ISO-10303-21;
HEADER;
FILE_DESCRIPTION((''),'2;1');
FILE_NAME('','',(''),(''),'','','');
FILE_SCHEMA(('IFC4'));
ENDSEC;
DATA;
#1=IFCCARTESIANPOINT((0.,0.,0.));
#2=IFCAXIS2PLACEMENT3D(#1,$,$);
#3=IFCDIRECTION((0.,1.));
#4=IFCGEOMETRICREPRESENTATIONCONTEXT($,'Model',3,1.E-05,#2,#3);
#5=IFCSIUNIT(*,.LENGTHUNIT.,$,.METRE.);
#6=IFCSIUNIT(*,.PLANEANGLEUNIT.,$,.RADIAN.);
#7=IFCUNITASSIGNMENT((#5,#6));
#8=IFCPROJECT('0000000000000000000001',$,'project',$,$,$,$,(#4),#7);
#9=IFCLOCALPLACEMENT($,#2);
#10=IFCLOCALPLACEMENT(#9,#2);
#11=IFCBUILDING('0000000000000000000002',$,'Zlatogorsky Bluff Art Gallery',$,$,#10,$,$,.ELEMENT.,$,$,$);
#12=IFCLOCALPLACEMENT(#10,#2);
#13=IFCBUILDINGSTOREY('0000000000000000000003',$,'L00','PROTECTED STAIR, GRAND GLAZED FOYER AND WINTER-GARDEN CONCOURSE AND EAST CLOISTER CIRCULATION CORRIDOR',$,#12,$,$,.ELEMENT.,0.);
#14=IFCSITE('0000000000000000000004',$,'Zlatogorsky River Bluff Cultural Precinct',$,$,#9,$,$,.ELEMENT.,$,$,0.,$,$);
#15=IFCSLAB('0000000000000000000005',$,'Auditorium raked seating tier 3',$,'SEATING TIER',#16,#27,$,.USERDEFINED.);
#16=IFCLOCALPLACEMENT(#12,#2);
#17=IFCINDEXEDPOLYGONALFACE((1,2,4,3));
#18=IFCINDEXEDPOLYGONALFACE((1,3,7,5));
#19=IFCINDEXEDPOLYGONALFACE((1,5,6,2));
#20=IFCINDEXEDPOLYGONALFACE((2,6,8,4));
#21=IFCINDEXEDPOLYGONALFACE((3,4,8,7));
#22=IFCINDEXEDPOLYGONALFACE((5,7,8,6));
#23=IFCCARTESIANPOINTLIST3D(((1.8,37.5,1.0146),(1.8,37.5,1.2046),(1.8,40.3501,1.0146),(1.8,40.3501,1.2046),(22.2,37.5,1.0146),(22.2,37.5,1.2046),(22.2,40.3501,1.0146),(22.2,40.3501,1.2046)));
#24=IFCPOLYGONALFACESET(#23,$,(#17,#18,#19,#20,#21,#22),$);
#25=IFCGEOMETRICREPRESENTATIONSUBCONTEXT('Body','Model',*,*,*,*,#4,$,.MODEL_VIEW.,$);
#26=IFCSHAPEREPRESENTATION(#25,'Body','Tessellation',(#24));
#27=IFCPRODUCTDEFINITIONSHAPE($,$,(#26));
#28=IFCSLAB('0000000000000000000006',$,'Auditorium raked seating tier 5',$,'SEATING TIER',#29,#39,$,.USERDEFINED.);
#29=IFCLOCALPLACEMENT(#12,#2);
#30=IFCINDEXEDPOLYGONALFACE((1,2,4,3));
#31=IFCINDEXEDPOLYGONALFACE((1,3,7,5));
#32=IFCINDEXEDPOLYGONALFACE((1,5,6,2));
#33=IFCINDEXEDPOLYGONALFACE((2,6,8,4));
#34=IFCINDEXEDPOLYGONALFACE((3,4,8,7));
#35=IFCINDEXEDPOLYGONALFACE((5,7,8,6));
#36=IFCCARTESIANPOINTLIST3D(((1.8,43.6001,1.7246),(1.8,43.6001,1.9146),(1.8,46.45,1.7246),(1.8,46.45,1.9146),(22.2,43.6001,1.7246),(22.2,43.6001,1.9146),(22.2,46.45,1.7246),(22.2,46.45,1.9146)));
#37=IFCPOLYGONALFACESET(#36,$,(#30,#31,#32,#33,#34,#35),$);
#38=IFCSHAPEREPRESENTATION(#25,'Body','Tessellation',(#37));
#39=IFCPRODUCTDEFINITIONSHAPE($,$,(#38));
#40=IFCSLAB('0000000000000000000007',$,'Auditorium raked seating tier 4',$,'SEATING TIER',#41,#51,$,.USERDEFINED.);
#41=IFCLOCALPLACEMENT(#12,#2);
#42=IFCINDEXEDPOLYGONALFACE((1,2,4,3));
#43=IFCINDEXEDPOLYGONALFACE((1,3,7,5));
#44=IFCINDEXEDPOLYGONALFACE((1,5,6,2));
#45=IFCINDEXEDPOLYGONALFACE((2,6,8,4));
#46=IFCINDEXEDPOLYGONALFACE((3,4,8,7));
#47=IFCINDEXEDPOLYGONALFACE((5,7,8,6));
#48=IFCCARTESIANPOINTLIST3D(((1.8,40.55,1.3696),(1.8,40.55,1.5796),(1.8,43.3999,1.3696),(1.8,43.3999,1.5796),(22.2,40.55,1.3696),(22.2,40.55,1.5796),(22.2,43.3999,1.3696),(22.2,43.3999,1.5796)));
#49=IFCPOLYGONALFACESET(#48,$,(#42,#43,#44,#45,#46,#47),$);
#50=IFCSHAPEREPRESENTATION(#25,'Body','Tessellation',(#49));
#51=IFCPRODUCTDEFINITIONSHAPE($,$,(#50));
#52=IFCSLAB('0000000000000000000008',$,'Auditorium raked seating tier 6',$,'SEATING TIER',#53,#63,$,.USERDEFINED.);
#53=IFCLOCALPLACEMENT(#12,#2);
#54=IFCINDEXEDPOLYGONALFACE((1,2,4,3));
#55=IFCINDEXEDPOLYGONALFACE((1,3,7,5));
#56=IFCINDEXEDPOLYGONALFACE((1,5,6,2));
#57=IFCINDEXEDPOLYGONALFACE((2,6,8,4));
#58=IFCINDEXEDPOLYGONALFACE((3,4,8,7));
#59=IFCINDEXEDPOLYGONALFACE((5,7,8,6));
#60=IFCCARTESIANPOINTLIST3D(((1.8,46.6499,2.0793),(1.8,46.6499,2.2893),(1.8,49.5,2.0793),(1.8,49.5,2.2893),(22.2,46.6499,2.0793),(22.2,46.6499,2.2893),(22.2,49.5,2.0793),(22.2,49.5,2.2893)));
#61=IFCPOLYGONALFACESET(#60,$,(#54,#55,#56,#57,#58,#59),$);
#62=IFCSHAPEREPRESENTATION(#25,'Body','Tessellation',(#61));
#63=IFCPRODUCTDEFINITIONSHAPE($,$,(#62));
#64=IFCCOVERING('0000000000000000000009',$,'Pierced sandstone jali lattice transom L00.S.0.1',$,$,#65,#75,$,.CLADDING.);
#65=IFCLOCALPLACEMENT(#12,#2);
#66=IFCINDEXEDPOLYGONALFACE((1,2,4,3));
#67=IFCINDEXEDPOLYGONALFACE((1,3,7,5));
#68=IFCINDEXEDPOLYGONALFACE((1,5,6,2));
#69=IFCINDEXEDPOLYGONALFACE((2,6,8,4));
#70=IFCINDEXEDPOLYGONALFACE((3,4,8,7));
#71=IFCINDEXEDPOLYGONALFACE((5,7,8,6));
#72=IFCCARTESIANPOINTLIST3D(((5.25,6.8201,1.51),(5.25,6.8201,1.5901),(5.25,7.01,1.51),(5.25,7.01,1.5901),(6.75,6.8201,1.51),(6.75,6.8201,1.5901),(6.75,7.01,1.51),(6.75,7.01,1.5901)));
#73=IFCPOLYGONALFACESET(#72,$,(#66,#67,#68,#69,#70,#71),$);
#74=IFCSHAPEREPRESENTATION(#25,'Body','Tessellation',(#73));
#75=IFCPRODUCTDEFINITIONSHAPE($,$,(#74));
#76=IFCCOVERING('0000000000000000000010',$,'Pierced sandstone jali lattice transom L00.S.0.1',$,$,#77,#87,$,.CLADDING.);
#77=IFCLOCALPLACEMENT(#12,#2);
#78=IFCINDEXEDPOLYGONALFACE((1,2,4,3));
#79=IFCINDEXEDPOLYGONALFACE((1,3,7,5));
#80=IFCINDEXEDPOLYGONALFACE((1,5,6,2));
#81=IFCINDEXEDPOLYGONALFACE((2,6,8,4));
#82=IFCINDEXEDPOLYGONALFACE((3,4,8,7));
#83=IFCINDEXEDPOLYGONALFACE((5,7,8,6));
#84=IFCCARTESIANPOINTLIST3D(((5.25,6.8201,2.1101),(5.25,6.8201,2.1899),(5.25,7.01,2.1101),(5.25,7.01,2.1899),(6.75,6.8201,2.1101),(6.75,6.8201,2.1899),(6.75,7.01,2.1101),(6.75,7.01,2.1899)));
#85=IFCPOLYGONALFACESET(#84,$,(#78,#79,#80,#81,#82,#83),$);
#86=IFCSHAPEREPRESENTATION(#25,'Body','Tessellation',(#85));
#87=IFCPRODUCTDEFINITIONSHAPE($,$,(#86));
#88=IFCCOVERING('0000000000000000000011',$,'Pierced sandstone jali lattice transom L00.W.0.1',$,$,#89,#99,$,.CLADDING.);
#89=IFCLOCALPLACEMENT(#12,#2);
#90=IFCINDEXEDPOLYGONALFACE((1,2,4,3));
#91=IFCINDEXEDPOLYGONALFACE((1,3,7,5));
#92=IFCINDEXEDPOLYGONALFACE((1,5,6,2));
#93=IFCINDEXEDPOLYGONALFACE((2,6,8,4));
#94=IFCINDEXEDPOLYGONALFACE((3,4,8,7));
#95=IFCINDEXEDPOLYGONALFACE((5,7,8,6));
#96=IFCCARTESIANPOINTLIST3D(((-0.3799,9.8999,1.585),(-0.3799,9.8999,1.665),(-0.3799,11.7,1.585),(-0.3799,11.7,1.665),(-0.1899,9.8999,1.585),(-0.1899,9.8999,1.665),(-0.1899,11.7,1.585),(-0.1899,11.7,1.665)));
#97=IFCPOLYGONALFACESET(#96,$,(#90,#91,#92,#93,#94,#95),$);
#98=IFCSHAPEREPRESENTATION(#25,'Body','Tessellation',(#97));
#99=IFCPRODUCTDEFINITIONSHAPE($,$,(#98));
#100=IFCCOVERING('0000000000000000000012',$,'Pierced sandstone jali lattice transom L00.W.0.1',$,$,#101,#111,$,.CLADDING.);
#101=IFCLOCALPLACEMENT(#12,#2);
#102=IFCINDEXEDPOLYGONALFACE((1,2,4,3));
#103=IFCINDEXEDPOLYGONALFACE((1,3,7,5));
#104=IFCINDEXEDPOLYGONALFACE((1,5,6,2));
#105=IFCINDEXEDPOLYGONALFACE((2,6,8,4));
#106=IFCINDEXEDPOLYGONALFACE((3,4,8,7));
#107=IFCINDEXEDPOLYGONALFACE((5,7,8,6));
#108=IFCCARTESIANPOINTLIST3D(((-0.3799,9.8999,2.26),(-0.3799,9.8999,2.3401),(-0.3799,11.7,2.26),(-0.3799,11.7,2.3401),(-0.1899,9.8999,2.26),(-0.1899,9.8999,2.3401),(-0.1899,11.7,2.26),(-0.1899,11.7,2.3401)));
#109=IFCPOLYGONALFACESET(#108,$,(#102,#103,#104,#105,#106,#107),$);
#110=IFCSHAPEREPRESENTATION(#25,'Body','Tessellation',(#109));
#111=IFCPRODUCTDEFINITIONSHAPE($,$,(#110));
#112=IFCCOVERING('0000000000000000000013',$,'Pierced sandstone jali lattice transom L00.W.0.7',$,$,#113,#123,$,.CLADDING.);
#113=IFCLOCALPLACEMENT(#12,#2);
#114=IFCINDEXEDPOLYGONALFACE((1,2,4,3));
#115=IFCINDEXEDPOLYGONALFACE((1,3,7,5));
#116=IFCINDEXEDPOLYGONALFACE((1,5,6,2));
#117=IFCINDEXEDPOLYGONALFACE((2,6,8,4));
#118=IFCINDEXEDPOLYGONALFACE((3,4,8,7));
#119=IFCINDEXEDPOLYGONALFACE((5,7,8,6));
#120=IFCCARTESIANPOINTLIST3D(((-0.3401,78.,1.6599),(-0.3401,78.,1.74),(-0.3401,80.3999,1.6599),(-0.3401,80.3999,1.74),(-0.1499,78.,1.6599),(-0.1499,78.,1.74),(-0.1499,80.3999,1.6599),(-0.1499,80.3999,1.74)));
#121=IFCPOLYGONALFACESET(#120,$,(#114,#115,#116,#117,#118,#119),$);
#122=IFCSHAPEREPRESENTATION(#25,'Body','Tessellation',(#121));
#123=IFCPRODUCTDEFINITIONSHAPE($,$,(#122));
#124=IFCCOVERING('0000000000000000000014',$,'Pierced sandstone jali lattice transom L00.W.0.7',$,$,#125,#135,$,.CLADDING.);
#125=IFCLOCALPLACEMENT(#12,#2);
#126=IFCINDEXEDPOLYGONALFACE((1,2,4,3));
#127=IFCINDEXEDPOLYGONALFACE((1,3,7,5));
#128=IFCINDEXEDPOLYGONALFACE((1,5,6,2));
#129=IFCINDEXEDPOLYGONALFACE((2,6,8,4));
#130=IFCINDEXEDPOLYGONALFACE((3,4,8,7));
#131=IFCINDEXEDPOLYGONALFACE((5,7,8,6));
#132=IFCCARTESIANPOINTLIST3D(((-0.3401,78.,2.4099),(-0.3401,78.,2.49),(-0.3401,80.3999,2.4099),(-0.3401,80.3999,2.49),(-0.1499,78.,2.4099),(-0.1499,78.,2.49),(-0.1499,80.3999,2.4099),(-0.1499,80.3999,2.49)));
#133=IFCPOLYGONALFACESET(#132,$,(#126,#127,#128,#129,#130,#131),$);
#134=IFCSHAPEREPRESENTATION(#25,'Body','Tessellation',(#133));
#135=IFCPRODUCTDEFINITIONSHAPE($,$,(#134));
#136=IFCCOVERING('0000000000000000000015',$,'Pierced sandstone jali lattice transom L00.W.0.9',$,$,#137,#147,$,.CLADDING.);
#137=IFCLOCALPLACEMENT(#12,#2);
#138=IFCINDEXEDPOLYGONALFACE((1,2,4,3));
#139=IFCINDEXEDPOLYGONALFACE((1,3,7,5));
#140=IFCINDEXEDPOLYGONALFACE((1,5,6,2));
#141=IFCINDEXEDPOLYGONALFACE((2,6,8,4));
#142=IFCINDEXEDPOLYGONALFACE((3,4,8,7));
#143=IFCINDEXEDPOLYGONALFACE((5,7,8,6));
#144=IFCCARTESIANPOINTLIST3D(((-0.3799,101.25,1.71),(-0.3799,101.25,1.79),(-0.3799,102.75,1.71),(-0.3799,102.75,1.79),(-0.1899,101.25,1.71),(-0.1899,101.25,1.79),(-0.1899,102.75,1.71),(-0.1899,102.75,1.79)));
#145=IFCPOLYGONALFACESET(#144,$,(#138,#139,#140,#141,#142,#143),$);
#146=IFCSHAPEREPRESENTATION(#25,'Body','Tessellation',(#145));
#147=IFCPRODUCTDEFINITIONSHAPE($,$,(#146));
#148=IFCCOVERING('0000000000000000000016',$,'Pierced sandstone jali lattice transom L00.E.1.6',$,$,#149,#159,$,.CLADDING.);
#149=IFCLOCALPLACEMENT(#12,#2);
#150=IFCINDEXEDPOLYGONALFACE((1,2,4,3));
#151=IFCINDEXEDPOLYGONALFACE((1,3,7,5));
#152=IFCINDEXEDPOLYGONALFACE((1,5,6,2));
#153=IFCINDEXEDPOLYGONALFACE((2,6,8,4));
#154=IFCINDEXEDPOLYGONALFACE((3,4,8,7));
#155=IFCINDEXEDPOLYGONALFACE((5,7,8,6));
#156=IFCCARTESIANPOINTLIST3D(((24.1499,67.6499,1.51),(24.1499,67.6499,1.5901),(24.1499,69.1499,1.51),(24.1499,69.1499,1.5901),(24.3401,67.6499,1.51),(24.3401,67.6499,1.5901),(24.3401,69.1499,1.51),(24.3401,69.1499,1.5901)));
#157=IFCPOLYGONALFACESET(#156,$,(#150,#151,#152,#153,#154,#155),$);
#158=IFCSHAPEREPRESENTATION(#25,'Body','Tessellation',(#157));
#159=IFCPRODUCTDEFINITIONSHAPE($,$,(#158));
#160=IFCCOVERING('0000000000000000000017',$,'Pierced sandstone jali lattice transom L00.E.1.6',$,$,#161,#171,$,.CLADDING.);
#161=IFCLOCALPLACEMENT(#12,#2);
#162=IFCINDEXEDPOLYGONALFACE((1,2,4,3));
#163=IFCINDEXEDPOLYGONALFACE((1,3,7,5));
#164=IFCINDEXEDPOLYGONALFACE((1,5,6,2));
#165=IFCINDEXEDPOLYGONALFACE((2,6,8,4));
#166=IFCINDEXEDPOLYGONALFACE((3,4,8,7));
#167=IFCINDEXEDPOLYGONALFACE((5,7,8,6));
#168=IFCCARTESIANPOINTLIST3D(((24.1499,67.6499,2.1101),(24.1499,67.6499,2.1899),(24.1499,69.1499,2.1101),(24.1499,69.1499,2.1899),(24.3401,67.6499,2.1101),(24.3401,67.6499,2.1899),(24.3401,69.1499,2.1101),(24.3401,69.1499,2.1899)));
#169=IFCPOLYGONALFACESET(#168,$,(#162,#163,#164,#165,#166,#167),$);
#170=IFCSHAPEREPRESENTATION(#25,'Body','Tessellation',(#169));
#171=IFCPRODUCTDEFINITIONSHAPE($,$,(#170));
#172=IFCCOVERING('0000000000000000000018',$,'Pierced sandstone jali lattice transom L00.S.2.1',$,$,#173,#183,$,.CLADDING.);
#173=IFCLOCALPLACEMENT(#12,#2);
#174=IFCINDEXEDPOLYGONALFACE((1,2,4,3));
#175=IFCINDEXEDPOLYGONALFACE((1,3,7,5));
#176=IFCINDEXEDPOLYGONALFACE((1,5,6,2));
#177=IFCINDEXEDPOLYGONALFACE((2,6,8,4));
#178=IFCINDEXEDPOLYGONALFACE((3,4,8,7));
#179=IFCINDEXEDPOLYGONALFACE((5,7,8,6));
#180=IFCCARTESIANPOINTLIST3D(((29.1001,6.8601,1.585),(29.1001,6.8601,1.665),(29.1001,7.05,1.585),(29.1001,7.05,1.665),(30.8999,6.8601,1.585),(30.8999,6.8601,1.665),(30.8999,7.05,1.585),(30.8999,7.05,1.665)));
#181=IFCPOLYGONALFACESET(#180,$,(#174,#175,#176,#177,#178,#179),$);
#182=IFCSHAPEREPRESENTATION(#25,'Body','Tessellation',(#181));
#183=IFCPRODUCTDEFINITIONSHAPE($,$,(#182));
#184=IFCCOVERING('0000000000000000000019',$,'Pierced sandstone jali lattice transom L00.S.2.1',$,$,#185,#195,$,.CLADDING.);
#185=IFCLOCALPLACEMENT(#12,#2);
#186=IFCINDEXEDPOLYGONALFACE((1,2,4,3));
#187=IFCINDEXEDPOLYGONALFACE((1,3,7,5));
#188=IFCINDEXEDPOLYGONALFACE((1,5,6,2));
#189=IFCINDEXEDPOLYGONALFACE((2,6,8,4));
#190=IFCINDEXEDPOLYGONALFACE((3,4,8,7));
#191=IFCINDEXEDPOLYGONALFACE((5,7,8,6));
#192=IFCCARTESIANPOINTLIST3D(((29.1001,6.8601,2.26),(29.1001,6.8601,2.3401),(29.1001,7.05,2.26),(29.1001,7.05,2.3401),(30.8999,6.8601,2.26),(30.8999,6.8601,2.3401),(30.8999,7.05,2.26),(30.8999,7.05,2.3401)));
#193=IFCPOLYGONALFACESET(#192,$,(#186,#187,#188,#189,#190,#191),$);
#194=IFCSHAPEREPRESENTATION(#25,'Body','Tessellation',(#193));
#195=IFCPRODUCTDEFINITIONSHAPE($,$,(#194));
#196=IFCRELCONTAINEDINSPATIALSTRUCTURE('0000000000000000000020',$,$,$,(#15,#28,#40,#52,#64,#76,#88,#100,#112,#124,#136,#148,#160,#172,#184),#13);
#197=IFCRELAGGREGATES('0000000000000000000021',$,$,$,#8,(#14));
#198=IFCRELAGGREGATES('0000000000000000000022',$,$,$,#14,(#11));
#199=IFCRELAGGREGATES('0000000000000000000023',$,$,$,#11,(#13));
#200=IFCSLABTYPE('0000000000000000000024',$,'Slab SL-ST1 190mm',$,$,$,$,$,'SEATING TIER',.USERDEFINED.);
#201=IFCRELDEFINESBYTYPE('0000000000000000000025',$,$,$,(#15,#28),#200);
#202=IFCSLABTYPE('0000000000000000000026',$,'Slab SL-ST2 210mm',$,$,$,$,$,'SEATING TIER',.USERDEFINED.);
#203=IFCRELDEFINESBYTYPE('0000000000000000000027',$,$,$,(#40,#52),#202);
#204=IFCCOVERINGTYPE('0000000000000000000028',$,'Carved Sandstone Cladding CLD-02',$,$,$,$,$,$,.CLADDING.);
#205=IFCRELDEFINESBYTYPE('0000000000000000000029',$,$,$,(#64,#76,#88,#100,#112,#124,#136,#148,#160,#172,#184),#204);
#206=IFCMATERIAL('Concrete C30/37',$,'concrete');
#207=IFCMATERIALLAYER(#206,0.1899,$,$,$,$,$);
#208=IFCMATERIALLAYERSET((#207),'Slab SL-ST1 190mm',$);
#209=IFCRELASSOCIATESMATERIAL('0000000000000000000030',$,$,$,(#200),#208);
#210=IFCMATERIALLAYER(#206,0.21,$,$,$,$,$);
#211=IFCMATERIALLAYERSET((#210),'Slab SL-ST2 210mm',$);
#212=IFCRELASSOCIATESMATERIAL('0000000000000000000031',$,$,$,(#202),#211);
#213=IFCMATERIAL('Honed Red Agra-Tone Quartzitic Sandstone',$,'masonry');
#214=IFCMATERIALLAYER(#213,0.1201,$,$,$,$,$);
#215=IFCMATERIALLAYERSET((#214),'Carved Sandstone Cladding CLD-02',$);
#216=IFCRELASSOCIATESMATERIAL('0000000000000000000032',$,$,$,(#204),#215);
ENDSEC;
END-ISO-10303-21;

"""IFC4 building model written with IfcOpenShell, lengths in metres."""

from ifc_helpers import new_model, si_unit, direction, frame, origin, place, context, subcontext, project, spatial, polyline, outline, extrude, material, layer, layer_set, type_object, element, save


model = new_model("IFC4")

# Units and contexts
model_context = context("Model", 3, precision=1e-05, world=origin(), true_north=direction((0.0, 1.0)))
body_context = subcontext(model_context, "Body", "Model", "MODEL_VIEW")
ifc_project = project(units=[si_unit("LENGTHUNIT", "METRE"), si_unit("PLANEANGLEUNIT", "RADIAN")], contexts=[model_context])

# Site, building, storey
site_placement = place(None, origin())
site = spatial("IfcSite", under=ifc_project, at=site_placement, Name="Zlatogorsky River Bluff Cultural Precinct", CompositionType="ELEMENT", RefElevation=0.0)
building_placement = place(site_placement, origin())
building = spatial("IfcBuilding", under=site, at=building_placement, Name="Zlatogorsky Bluff Art Gallery", CompositionType="ELEMENT")
storey_placement = place(building_placement, origin())
storey = spatial("IfcBuildingStorey", under=building, at=storey_placement, Name="L00", Description="PROTECTED STAIR, GRAND GLAZED FOYER AND WINTER-GARDEN CONCOURSE AND EAST CLOISTER CIRCULATION CORRIDOR", CompositionType="ELEMENT", Elevation=0.0)

# Slabs
ifc_material_1 = material(Name="Concrete C30/37", Category="concrete")
ifc_layer_1 = layer(ifc_material_1, 0.1899)
ifc_layer_set_1 = layer_set([ifc_layer_1], Name="Slab SL-ST1 190mm")
slab_type_1 = type_object("IfcSlabType", Name="Slab SL-ST1 190mm", ElementType="SEATING TIER", PredefinedType="USERDEFINED", material=ifc_layer_set_1)
slab_1_placement = place(storey_placement, frame((0.0, 0.0, 1.0146)))
element("IfcSlab", 1, at=slab_1_placement, inside=storey, type_object=slab_type_1, Name="Auditorium raked seating tier 3", ObjectType="SEATING TIER", PredefinedType="USERDEFINED", context=body_context, shape_type="SweptSolid", body=[
    extrude(outline(polyline([(1.8, 37.5), (22.2, 37.5), (22.2, 40.3501), (1.8, 40.3501), (1.8, 37.5)])), origin(), (0.0, 0.0, 1.0), 0.1899),
])
slab_2_placement = place(storey_placement, frame((0.0, 0.0, 1.7246)))
element("IfcSlab", 2, at=slab_2_placement, inside=storey, type_object=slab_type_1, Name="Auditorium raked seating tier 5", ObjectType="SEATING TIER", PredefinedType="USERDEFINED", context=body_context, shape_type="SweptSolid", body=[
    extrude(outline(polyline([(1.8, 43.6001), (22.2, 43.6001), (22.2, 46.45), (1.8, 46.45), (1.8, 43.6001)])), origin(), (0.0, 0.0, 1.0), 0.1899),
])
ifc_layer_2 = layer(ifc_material_1, 0.21)
ifc_layer_set_2 = layer_set([ifc_layer_2], Name="Slab SL-ST2 210mm")
slab_type_2 = type_object("IfcSlabType", Name="Slab SL-ST2 210mm", ElementType="SEATING TIER", PredefinedType="USERDEFINED", material=ifc_layer_set_2)
slab_3_placement = place(storey_placement, frame((0.0, 0.0, 1.3696)))
element("IfcSlab", 3, at=slab_3_placement, inside=storey, type_object=slab_type_2, Name="Auditorium raked seating tier 4", ObjectType="SEATING TIER", PredefinedType="USERDEFINED", context=body_context, shape_type="SweptSolid", body=[
    extrude(outline(polyline([(1.8, 40.55), (22.2, 40.55), (22.2, 43.3999), (1.8, 43.3999), (1.8, 40.55)])), origin(), (0.0, 0.0, 1.0), 0.21),
])
slab_4_placement = place(storey_placement, frame((0.0, 0.0, 2.0793)))
element("IfcSlab", 4, at=slab_4_placement, inside=storey, type_object=slab_type_2, Name="Auditorium raked seating tier 6", ObjectType="SEATING TIER", PredefinedType="USERDEFINED", context=body_context, shape_type="SweptSolid", body=[
    extrude(outline(polyline([(1.8, 46.6499), (22.2, 46.6499), (22.2, 49.5), (1.8, 49.5), (1.8, 46.6499)])), origin(), (0.0, 0.0, 1.0), 0.21),
])

# Coverings
ifc_material_2 = material(Name="Honed Red Agra-Tone Quartzitic Sandstone", Category="masonry")
ifc_layer_3 = layer(ifc_material_2, 0.1201)
ifc_layer_set_3 = layer_set([ifc_layer_3], Name="Carved Sandstone Cladding CLD-02")
covering_type = type_object("IfcCoveringType", Name="Carved Sandstone Cladding CLD-02", PredefinedType="CLADDING", material=ifc_layer_set_3)
covering_1_placement = place(storey_placement, frame((0.0, 0.0, 1.51)))
element("IfcCovering", 5, at=covering_1_placement, inside=storey, type_object=covering_type, Name="Pierced sandstone jali lattice transom L00.S.0.1", PredefinedType="CLADDING", context=body_context, shape_type="SweptSolid", body=[
    extrude(outline(polyline([(5.25, 6.8201), (6.75, 6.8201), (6.75, 7.01), (5.25, 7.01), (5.25, 6.8201)])), origin(), (0.0, 0.0, 1.0), 0.0801),
])
covering_2_placement = place(storey_placement, frame((0.0, 0.0, 2.1101)))
element("IfcCovering", 6, at=covering_2_placement, inside=storey, type_object=covering_type, Name="Pierced sandstone jali lattice transom L00.S.0.1", PredefinedType="CLADDING", context=body_context, shape_type="SweptSolid", body=[
    extrude(outline(polyline([(5.25, 6.8201), (6.75, 6.8201), (6.75, 7.01), (5.25, 7.01), (5.25, 6.8201)])), origin(), (0.0, 0.0, 1.0), 0.0798),
])
for number, where, name in (
    (7, (0.0, 0.0, 1.585), "Pierced sandstone jali lattice transom L00.W.0.1"),
    (8, (0.0, 0.0, 2.26), "Pierced sandstone jali lattice transom L00.W.0.1"),
):
    element("IfcCovering", number, at=place(storey_placement, frame(where)), inside=storey, type_object=covering_type, Name=name, PredefinedType="CLADDING", context=body_context, shape_type="SweptSolid", body=[
        extrude(outline(polyline([(-0.3799, 9.8999), (-0.3799, 11.7), (-0.1899, 11.7), (-0.1899, 9.8999), (-0.3799, 9.8999)])), origin(), (0.0, 0.0, 1.0), 0.0801),
    ])
for number, where, name in (
    (9, (0.0, 0.0, 1.6599), "Pierced sandstone jali lattice transom L00.W.0.7"),
    (10, (0.0, 0.0, 2.4099), "Pierced sandstone jali lattice transom L00.W.0.7"),
):
    element("IfcCovering", number, at=place(storey_placement, frame(where)), inside=storey, type_object=covering_type, Name=name, PredefinedType="CLADDING", context=body_context, shape_type="SweptSolid", body=[
        extrude(outline(polyline([(-0.3401, 78.0), (-0.3401, 80.3999), (-0.1499, 80.3999), (-0.1499, 78.0), (-0.3401, 78.0)])), origin(), (0.0, 0.0, 1.0), 0.0801),
    ])
covering_3_placement = place(storey_placement, frame((0.0, 0.0, 1.71)))
element("IfcCovering", 11, at=covering_3_placement, inside=storey, type_object=covering_type, Name="Pierced sandstone jali lattice transom L00.W.0.9", PredefinedType="CLADDING", context=body_context, shape_type="SweptSolid", body=[
    extrude(outline(polyline([(-0.3799, 101.25), (-0.3799, 102.75), (-0.1899, 102.75), (-0.1899, 101.25), (-0.3799, 101.25)])), origin(), (0.0, 0.0, 1.0), 0.0801),
])
covering_4_placement = place(storey_placement, frame((0.0, 0.0, 1.51)))
element("IfcCovering", 12, at=covering_4_placement, inside=storey, type_object=covering_type, Name="Pierced sandstone jali lattice transom L00.E.1.6", PredefinedType="CLADDING", context=body_context, shape_type="SweptSolid", body=[
    extrude(outline(polyline([(24.1499, 67.6499), (24.1499, 69.1499), (24.3401, 69.1499), (24.3401, 67.6499), (24.1499, 67.6499)])), origin(), (0.0, 0.0, 1.0), 0.0801),
])
covering_5_placement = place(storey_placement, frame((0.0, 0.0, 2.1101)))
element("IfcCovering", 13, at=covering_5_placement, inside=storey, type_object=covering_type, Name="Pierced sandstone jali lattice transom L00.E.1.6", PredefinedType="CLADDING", context=body_context, shape_type="SweptSolid", body=[
    extrude(outline(polyline([(24.1499, 67.6499), (24.1499, 69.1499), (24.3401, 69.1499), (24.3401, 67.6499), (24.1499, 67.6499)])), origin(), (0.0, 0.0, 1.0), 0.0798),
])
for number, where, name in (
    (14, (0.0, 0.0, 1.585), "Pierced sandstone jali lattice transom L00.S.2.1"),
    (15, (0.0, 0.0, 2.26), "Pierced sandstone jali lattice transom L00.S.2.1"),
):
    element("IfcCovering", number, at=place(storey_placement, frame(where)), inside=storey, type_object=covering_type, Name=name, PredefinedType="CLADDING", context=body_context, shape_type="SweptSolid", body=[
        extrude(outline(polyline([(29.1001, 6.8601), (30.8999, 6.8601), (30.8999, 7.05), (29.1001, 7.05), (29.1001, 6.8601)])), origin(), (0.0, 0.0, 1.0), 0.0801),
    ])

save(model, "model.ifc")
